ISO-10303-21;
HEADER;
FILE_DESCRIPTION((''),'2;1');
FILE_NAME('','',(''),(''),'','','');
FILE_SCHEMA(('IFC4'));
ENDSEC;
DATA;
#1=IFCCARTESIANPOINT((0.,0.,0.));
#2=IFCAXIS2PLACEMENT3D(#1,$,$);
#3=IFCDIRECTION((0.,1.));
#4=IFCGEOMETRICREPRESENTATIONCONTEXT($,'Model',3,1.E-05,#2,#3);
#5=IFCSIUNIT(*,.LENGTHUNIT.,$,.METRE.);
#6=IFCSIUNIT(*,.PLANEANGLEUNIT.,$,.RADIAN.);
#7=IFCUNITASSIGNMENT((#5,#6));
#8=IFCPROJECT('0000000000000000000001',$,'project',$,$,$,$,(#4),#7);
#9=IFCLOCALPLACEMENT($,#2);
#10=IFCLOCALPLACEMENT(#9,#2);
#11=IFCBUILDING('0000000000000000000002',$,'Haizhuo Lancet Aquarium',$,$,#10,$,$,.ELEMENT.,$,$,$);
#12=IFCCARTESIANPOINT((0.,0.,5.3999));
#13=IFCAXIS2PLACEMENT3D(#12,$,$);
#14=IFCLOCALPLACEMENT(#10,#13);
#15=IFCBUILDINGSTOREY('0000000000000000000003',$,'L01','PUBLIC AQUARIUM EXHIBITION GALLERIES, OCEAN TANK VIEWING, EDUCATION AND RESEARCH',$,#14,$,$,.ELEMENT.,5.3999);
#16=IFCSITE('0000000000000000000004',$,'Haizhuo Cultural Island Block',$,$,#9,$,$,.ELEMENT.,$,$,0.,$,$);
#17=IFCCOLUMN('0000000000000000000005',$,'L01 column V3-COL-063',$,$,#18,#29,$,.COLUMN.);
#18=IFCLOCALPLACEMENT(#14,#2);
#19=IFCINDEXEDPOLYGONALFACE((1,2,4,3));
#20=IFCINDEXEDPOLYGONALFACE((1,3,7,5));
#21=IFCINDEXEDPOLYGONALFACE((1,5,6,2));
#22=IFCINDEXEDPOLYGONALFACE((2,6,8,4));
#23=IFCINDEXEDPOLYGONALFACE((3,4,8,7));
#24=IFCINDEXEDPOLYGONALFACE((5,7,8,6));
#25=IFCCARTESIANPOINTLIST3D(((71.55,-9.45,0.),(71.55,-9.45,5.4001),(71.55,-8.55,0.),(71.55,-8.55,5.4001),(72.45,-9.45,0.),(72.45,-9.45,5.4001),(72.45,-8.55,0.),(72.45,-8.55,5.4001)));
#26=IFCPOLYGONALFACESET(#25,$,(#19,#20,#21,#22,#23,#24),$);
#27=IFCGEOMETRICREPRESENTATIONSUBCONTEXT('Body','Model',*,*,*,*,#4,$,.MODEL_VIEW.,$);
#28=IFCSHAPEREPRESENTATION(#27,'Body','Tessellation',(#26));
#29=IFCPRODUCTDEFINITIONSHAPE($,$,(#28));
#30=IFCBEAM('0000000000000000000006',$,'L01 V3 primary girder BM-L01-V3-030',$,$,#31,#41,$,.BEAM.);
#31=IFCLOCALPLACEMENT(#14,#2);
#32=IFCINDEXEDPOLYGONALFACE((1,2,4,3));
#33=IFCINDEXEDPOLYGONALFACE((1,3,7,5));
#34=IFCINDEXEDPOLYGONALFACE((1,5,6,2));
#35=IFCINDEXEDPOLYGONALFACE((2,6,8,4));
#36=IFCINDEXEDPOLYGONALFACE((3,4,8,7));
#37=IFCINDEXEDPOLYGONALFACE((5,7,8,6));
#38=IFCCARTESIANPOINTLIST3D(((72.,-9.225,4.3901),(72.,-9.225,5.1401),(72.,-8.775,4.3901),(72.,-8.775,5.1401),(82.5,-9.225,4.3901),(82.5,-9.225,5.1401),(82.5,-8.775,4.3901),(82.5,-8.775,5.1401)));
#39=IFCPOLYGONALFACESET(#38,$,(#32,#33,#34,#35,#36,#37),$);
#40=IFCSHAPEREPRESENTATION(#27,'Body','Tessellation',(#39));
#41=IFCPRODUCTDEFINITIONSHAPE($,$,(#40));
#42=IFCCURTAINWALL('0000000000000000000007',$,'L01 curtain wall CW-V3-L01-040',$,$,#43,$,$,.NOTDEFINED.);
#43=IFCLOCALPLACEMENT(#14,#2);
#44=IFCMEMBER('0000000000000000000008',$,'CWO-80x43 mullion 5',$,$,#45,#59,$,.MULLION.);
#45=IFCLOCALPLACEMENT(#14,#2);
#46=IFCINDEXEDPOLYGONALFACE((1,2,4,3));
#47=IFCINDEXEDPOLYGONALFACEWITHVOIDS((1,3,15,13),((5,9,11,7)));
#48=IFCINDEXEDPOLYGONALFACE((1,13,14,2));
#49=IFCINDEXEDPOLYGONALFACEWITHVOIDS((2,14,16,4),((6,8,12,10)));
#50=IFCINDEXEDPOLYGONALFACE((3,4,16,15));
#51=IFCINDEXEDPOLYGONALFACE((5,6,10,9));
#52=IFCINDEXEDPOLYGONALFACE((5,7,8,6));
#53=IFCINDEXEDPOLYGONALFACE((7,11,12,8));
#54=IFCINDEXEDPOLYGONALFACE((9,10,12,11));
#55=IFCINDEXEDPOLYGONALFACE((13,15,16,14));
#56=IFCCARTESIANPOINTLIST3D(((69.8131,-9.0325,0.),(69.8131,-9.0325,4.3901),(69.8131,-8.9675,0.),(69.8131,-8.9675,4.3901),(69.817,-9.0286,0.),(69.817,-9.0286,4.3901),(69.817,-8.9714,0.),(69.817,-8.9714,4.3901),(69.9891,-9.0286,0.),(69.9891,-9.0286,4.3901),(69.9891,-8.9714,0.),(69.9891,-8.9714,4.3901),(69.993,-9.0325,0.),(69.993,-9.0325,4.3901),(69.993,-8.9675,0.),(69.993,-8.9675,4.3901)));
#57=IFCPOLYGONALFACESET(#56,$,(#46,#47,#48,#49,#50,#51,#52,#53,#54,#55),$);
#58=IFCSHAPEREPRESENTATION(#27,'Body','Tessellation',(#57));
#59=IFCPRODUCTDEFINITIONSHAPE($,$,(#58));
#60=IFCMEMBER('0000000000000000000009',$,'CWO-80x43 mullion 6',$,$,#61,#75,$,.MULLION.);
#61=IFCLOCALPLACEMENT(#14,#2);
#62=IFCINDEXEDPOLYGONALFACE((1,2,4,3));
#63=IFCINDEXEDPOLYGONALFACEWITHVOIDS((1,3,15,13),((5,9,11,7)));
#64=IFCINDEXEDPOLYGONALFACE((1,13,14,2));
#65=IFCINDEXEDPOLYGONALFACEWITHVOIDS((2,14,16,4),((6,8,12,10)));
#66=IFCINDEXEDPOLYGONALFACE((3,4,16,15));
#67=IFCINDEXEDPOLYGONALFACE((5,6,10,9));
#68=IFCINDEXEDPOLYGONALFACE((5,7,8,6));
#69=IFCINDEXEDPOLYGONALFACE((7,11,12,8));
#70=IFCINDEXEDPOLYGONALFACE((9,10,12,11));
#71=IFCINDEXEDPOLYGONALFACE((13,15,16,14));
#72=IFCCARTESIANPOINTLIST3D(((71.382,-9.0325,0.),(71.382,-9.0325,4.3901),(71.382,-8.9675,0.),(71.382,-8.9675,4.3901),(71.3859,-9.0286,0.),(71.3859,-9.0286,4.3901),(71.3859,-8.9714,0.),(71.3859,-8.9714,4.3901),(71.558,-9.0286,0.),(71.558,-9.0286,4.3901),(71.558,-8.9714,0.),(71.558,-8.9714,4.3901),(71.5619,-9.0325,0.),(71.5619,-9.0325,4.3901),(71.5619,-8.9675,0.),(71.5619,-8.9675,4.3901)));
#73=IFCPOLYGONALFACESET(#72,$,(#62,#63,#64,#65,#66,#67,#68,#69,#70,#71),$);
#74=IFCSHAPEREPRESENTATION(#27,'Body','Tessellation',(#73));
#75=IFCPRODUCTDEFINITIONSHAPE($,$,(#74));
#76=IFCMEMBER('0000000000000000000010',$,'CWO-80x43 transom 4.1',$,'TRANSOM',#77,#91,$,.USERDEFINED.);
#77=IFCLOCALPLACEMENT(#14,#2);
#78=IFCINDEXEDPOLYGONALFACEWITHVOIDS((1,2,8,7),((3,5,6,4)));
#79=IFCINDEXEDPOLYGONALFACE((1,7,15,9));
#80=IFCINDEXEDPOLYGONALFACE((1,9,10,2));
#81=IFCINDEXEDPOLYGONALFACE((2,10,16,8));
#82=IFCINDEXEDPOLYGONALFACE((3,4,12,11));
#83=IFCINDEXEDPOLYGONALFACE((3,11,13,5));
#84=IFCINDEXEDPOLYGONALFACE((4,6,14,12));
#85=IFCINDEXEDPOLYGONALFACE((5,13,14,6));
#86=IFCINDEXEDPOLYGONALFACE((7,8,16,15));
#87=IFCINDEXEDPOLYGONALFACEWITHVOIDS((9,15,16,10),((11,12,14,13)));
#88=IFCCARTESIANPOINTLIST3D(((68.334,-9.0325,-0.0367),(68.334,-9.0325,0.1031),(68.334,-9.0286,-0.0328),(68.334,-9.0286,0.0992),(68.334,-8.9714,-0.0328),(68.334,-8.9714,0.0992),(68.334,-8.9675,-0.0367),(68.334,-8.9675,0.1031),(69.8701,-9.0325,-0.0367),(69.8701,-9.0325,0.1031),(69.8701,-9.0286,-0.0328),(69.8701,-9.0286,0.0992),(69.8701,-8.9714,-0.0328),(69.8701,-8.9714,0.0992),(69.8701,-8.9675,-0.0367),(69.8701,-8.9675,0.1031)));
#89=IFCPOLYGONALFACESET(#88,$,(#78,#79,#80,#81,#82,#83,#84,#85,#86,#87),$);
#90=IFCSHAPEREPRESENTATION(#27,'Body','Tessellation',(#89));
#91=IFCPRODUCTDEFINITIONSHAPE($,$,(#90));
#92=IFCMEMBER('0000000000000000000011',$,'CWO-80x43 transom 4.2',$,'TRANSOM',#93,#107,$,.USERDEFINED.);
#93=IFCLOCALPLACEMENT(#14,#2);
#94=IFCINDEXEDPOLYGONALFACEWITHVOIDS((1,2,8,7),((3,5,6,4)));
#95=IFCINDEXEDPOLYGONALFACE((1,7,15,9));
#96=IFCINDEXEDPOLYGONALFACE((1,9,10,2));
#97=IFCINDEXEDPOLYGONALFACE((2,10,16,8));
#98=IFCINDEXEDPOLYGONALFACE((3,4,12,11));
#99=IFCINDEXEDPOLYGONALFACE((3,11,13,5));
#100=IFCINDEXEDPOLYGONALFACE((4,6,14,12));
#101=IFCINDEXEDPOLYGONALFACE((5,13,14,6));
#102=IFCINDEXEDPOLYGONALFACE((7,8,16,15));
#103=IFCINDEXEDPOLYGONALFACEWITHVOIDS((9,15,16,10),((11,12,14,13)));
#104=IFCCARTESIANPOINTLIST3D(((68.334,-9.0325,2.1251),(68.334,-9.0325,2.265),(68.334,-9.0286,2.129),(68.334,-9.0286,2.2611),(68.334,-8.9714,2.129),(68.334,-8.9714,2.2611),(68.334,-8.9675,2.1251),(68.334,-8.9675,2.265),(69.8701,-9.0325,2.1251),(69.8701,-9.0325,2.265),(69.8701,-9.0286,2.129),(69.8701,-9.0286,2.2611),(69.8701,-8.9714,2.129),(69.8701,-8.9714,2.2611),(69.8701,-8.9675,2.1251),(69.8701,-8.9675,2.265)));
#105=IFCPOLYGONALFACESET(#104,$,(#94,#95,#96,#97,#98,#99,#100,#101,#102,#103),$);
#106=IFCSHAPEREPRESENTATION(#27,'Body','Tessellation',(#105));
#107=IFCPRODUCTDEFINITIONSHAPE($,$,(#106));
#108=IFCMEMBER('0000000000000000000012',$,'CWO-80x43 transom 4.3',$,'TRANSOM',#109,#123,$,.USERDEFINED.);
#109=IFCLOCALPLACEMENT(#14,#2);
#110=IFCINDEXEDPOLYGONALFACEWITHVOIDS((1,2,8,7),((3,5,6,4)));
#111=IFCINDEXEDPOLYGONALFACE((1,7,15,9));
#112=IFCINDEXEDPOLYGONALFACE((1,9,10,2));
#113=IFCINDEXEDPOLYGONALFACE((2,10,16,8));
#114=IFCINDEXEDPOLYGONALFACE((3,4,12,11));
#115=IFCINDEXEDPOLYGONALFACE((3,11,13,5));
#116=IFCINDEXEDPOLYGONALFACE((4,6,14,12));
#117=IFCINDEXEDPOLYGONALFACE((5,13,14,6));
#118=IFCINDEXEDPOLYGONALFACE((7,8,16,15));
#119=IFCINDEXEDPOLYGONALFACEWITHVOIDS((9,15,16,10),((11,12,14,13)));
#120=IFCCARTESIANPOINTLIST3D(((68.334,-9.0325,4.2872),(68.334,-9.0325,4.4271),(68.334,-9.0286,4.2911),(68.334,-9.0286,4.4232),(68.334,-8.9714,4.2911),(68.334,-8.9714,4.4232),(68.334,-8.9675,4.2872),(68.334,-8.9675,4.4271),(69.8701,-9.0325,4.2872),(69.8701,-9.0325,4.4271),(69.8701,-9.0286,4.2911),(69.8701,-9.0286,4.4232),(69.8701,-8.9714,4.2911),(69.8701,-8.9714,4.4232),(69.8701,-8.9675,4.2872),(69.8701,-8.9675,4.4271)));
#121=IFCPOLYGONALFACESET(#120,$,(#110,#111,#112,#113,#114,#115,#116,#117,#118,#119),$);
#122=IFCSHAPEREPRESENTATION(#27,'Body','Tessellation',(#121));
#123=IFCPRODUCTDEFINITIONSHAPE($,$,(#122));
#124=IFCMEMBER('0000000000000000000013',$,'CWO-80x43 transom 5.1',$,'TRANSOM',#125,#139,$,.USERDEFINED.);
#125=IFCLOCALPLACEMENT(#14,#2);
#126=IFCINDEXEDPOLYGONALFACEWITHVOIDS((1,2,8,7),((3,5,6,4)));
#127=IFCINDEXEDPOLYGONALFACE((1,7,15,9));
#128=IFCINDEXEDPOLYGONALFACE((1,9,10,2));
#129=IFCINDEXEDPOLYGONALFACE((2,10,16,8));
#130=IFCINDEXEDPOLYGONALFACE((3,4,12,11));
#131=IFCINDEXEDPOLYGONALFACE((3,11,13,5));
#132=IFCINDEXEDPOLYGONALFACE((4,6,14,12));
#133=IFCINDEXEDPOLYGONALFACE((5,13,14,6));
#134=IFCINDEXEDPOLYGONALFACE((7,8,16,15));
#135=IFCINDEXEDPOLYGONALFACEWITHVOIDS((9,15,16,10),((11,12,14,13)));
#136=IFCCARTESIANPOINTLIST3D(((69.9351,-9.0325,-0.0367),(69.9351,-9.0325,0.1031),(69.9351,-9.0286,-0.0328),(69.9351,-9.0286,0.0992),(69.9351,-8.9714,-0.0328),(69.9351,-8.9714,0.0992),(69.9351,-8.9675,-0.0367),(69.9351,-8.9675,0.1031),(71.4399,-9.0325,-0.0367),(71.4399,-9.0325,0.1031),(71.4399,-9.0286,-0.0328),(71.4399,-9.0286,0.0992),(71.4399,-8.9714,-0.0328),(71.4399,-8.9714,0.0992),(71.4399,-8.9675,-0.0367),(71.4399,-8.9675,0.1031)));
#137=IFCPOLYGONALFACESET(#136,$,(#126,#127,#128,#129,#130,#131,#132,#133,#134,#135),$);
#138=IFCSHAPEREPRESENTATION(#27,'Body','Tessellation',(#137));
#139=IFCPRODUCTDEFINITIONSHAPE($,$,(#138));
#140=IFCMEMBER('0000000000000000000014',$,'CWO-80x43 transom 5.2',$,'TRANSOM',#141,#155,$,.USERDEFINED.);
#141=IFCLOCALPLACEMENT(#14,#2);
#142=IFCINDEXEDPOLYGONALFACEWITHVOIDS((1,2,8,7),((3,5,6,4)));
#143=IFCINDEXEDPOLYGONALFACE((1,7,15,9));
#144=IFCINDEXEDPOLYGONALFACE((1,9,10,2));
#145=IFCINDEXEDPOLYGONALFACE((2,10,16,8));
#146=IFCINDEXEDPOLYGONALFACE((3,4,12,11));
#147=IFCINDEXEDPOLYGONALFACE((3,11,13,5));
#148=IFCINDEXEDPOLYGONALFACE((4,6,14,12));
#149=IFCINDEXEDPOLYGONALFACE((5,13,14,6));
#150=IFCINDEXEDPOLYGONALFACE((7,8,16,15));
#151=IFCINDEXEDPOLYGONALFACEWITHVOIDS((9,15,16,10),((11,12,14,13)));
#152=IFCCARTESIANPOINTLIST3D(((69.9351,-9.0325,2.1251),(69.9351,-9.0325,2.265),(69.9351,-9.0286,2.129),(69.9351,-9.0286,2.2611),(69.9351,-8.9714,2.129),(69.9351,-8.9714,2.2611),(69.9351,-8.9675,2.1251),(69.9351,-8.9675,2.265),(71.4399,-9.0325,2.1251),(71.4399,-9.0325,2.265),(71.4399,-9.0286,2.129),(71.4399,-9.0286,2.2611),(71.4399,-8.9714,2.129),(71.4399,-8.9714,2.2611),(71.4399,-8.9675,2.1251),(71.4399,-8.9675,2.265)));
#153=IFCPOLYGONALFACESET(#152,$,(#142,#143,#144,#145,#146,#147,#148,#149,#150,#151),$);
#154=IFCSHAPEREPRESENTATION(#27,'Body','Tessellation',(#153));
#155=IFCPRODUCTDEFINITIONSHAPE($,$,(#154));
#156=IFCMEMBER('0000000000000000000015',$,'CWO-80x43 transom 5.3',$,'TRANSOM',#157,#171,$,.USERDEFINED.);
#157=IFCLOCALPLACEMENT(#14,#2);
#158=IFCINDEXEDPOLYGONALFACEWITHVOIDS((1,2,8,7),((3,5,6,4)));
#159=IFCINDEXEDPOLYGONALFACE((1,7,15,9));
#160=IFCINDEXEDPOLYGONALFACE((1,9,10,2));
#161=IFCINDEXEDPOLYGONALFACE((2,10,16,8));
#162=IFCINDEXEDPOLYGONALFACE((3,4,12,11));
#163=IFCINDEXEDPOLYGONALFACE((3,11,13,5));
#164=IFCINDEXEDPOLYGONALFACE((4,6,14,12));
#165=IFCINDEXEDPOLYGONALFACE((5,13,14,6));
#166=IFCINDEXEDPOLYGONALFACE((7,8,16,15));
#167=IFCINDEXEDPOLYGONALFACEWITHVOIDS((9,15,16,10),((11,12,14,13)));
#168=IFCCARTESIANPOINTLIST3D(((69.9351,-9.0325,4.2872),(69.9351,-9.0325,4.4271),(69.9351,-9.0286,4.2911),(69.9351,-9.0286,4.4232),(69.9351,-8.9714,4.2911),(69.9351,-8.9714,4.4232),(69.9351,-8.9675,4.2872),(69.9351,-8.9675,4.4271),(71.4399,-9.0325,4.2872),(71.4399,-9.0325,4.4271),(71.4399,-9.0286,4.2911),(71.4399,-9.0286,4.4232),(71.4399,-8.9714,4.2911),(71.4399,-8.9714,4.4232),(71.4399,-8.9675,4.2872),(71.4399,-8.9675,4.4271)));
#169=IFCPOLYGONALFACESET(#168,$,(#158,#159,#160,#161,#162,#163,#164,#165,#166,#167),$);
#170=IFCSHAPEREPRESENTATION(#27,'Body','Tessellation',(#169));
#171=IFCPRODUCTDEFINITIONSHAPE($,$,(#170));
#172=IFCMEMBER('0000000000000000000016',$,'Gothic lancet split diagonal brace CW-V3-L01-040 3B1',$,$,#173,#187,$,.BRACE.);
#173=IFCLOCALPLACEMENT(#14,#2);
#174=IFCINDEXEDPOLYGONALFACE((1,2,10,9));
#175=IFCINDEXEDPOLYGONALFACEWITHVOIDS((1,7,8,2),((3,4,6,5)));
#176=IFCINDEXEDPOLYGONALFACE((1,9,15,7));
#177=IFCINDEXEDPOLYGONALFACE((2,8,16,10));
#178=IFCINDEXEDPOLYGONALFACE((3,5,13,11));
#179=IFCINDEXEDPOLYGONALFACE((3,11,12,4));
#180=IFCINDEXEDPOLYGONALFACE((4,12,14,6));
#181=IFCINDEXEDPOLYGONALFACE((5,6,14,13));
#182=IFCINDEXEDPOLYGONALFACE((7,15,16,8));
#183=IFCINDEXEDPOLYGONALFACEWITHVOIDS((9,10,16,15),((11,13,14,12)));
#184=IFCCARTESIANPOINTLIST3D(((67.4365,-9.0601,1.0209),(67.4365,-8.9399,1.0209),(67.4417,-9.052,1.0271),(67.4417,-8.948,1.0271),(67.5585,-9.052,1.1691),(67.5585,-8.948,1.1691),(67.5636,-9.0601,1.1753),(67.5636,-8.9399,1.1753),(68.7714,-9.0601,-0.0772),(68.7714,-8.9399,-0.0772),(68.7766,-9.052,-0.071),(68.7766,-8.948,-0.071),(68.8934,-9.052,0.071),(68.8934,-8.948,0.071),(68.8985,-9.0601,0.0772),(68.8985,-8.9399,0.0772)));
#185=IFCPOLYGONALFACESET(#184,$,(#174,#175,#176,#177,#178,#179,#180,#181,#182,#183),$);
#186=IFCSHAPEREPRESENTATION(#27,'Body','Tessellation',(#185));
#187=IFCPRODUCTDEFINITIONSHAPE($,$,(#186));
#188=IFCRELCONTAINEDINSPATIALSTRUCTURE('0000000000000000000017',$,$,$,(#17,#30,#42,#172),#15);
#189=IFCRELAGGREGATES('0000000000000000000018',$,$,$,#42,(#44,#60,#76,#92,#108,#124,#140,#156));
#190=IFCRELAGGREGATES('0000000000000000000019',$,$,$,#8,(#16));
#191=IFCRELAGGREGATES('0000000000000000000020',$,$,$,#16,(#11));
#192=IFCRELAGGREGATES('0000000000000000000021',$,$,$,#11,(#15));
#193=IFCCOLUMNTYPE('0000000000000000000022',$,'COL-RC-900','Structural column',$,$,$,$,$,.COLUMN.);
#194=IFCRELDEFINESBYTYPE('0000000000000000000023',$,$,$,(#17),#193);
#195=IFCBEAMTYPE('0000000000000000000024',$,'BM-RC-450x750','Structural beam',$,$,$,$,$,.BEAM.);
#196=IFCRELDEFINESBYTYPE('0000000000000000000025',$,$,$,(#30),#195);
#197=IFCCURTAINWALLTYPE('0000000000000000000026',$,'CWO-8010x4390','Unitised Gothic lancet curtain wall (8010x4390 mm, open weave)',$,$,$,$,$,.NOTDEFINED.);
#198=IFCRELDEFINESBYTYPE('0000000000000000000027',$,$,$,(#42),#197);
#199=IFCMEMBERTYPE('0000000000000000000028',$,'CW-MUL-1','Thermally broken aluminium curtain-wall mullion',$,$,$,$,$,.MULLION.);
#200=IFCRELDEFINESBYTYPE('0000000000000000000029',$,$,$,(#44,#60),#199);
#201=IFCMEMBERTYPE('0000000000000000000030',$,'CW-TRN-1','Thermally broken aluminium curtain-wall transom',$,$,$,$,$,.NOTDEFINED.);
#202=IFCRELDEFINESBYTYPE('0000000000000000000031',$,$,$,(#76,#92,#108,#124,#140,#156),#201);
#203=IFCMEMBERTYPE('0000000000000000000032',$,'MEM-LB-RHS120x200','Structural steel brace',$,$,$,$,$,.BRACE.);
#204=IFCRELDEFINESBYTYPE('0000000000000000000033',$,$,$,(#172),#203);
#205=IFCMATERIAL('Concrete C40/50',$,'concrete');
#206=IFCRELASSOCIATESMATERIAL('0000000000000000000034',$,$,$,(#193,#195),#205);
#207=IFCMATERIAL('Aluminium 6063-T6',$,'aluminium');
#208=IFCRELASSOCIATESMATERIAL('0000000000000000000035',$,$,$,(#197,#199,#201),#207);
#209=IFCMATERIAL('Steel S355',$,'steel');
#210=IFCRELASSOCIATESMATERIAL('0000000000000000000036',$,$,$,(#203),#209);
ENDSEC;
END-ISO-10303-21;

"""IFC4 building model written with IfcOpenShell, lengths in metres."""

from ifc_helpers import new_model, si_unit, direction, frame, origin, origin_2d, place, context, subcontext, project, spatial, rectangle, hollow_rectangle, extrude, material, material_profile, profile_set, type_object, element, aggregate, save


model = new_model("IFC4")

# Units and contexts
model_context = context("Model", 3, precision=1e-05, world=origin(), true_north=direction((0.0, 1.0)))
body_context = subcontext(model_context, "Body", "Model", "MODEL_VIEW")
ifc_project = project(units=[si_unit("LENGTHUNIT", "METRE"), si_unit("PLANEANGLEUNIT", "RADIAN")], contexts=[model_context])

# Site, building, storey
site_placement = place(None, origin())
site = spatial("IfcSite", under=ifc_project, at=site_placement, Name="Haizhuo Cultural Island Block", CompositionType="ELEMENT", RefElevation=0.0)
building_placement = place(site_placement, origin())
building = spatial("IfcBuilding", under=site, at=building_placement, Name="Haizhuo Lancet Aquarium", CompositionType="ELEMENT")
storey_placement = place(building_placement, frame((0.0, 0.0, 5.3999)))
storey = spatial("IfcBuildingStorey", under=building, at=storey_placement, Name="L01", Description="PUBLIC AQUARIUM EXHIBITION GALLERIES, OCEAN TANK VIEWING, EDUCATION AND RESEARCH", CompositionType="ELEMENT", Elevation=5.3999)

# Column
ifc_material_1 = material(Name="Concrete C40/50", Category="concrete")
ifc_material_profile_1 = material_profile(ifc_material_1, rectangle(XDim=0.8999, YDim=0.8999, at=origin_2d()), Name="RC-COL 900x900")
ifc_profile_set_1 = profile_set([ifc_material_profile_1], Name="Concrete C40/50")
column_type = type_object("IfcColumnType", Name="COL-RC-900", Description="Structural column", PredefinedType="COLUMN", material=ifc_profile_set_1)
column_placement = place(storey_placement, frame((72.0, -9.0, 0.0), z_axis=(0.0, 0.0, 1.0), x_axis=(1.0, 0.0, 0.0)))
element("IfcColumn", 1, at=column_placement, inside=storey, type_object=column_type, Name="L01 column V3-COL-063", PredefinedType="COLUMN", context=body_context, shape_type="SweptSolid", body=[
    extrude(rectangle(XDim=0.8999, YDim=0.8999, at=origin_2d()), origin(), (0.0, 0.0, 1.0), 5.4001),
])

# Beam
ifc_material_profile_2 = material_profile(ifc_material_1, rectangle(XDim=0.45, YDim=0.75, at=origin_2d()), Name="RC-BM 450x750")
ifc_profile_set_2 = profile_set([ifc_material_profile_2], Name="Concrete C40/50")
beam_type = type_object("IfcBeamType", Name="BM-RC-450x750", Description="Structural beam", PredefinedType="BEAM", material=ifc_profile_set_2)
beam_placement = place(storey_placement, frame((72.0, -9.0, 4.7651), z_axis=(1.0, 0.0, 0.0), x_axis=(0.0, 1.0, 0.0)))
element("IfcBeam", 2, at=beam_placement, inside=storey, type_object=beam_type, Name="L01 V3 primary girder BM-L01-V3-030", PredefinedType="BEAM", context=body_context, shape_type="SweptSolid", body=[
    extrude(rectangle(XDim=0.45, YDim=0.75, at=origin_2d()), origin(), (0.0, 0.0, 1.0), 10.5),
])

# Curtain wall, members
ifc_material_2 = material(Name="Aluminium 6063-T6", Category="aluminium")
curtain_wall_type = type_object("IfcCurtainWallType", Name="CWO-8010x4390", Description="Unitised Gothic lancet curtain wall (8010x4390 mm, open weave)", PredefinedType="NOTDEFINED", material=ifc_material_2)
curtain_wall_placement = place(storey_placement, origin())
curtain_wall = element("IfcCurtainWall", 3, at=curtain_wall_placement, inside=storey, type_object=curtain_wall_type, Name="L01 curtain wall CW-V3-L01-040", PredefinedType="NOTDEFINED")
ifc_material_profile_3 = material_profile(ifc_material_2, hollow_rectangle(XDim=0.0649, YDim=0.1799, WallThickness=0.0039, at=origin_2d()), Name="ALU-M 65x180x4")
ifc_profile_set_3 = profile_set([ifc_material_profile_3], Name="Aluminium 6063-T6")
member_type_1 = type_object("IfcMemberType", Name="CW-MUL-1", Description="Thermally broken aluminium curtain-wall mullion", PredefinedType="MULLION", material=ifc_profile_set_3)
member_1_placement = place(storey_placement, frame((69.9031, -9.0, 0.0), z_axis=(0.0, 0.0, 1.0), x_axis=(0.0, 1.0, 0.0)))
member_1 = element("IfcMember", 4, at=member_1_placement, type_object=member_type_1, Name="CWO-80x43 mullion 5", PredefinedType="MULLION", context=body_context, shape_type="SweptSolid", body=[
    extrude(hollow_rectangle(XDim=0.0649, YDim=0.1799, WallThickness=0.0039, at=origin_2d()), origin(), (0.0, 0.0, 1.0), 4.3901),
])
member_2_placement = place(storey_placement, frame((71.4719, -9.0, 0.0), z_axis=(0.0, 0.0, 1.0), x_axis=(0.0, 1.0, 0.0)))
member_2 = element("IfcMember", 5, at=member_2_placement, type_object=member_type_1, Name="CWO-80x43 mullion 6", PredefinedType="MULLION", context=body_context, shape_type="SweptSolid", body=[
    extrude(hollow_rectangle(XDim=0.0649, YDim=0.1799, WallThickness=0.0039, at=origin_2d()), origin(), (0.0, 0.0, 1.0), 4.3901),
])
ifc_material_profile_4 = material_profile(ifc_material_2, hollow_rectangle(XDim=0.0649, YDim=0.1399, WallThickness=0.0039, at=origin_2d()), Name="ALU-T 65x140x4")
ifc_profile_set_4 = profile_set([ifc_material_profile_4], Name="Aluminium 6063-T6")
member_type_2 = type_object("IfcMemberType", Name="CW-TRN-1", Description="Thermally broken aluminium curtain-wall transom", PredefinedType="NOTDEFINED", material=ifc_profile_set_4)
member_3_placement = place(storey_placement, frame((68.334, -9.0, 0.0332), z_axis=(1.0, 0.0, 0.0), x_axis=(0.0, 1.0, 0.0)))
member_3 = element("IfcMember", 6, at=member_3_placement, type_object=member_type_2, Name="CWO-80x43 transom 4.1", ObjectType="TRANSOM", PredefinedType="USERDEFINED", context=body_context, shape_type="SweptSolid", body=[
    extrude(hollow_rectangle(XDim=0.0649, YDim=0.1399, WallThickness=0.0039, at=origin_2d()), origin(), (0.0, 0.0, 1.0), 1.5361),
])
member_4_placement = place(storey_placement, frame((68.334, -9.0, 2.1951), z_axis=(1.0, 0.0, 0.0), x_axis=(0.0, 1.0, 0.0)))
member_4 = element("IfcMember", 7, at=member_4_placement, type_object=member_type_2, Name="CWO-80x43 transom 4.2", ObjectType="TRANSOM", PredefinedType="USERDEFINED", context=body_context, shape_type="SweptSolid", body=[
    extrude(hollow_rectangle(XDim=0.0649, YDim=0.1399, WallThickness=0.0039, at=origin_2d()), origin(), (0.0, 0.0, 1.0), 1.5361),
])
member_5_placement = place(storey_placement, frame((68.334, -9.0, 4.3572), z_axis=(1.0, 0.0, 0.0), x_axis=(0.0, 1.0, 0.0)))
member_5 = element("IfcMember", 8, at=member_5_placement, type_object=member_type_2, Name="CWO-80x43 transom 4.3", ObjectType="TRANSOM", PredefinedType="USERDEFINED", context=body_context, shape_type="SweptSolid", body=[
    extrude(hollow_rectangle(XDim=0.0649, YDim=0.1399, WallThickness=0.0039, at=origin_2d()), origin(), (0.0, 0.0, 1.0), 1.5361),
])
member_6_placement = place(storey_placement, frame((69.9351, -9.0, 0.0332), z_axis=(1.0, 0.0, 0.0), x_axis=(0.0, 1.0, 0.0)))
member_6 = element("IfcMember", 9, at=member_6_placement, type_object=member_type_2, Name="CWO-80x43 transom 5.1", ObjectType="TRANSOM", PredefinedType="USERDEFINED", context=body_context, shape_type="SweptSolid", body=[
    extrude(hollow_rectangle(XDim=0.0649, YDim=0.1399, WallThickness=0.0039, at=origin_2d()), origin(), (0.0, 0.0, 1.0), 1.5049),
])
member_7_placement = place(storey_placement, frame((69.9351, -9.0, 2.1951), z_axis=(1.0, 0.0, 0.0), x_axis=(0.0, 1.0, 0.0)))
member_7 = element("IfcMember", 10, at=member_7_placement, type_object=member_type_2, Name="CWO-80x43 transom 5.2", ObjectType="TRANSOM", PredefinedType="USERDEFINED", context=body_context, shape_type="SweptSolid", body=[
    extrude(hollow_rectangle(XDim=0.0649, YDim=0.1399, WallThickness=0.0039, at=origin_2d()), origin(), (0.0, 0.0, 1.0), 1.5049),
])
member_8_placement = place(storey_placement, frame((69.9351, -9.0, 4.3572), z_axis=(1.0, 0.0, 0.0), x_axis=(0.0, 1.0, 0.0)))
member_8 = element("IfcMember", 11, at=member_8_placement, type_object=member_type_2, Name="CWO-80x43 transom 5.3", ObjectType="TRANSOM", PredefinedType="USERDEFINED", context=body_context, shape_type="SweptSolid", body=[
    extrude(hollow_rectangle(XDim=0.0649, YDim=0.1399, WallThickness=0.0039, at=origin_2d()), origin(), (0.0, 0.0, 1.0), 1.5049),
])

# Member
ifc_material_3 = material(Name="Steel S355", Category="steel")
ifc_material_profile_5 = material_profile(ifc_material_3, hollow_rectangle(XDim=0.1201, YDim=0.2, WallThickness=0.0081, at=origin_2d()), Name="RHS 120x200x8")
ifc_profile_set_5 = profile_set([ifc_material_profile_5], Name="Steel S355")
member_type_3 = type_object("IfcMemberType", Name="MEM-LB-RHS120x200", Description="Structural steel brace", PredefinedType="BRACE", material=ifc_profile_set_5)
member_9_placement = place(storey_placement, frame((68.835, -9.0, 0.0), z_axis=(-0.772281, 0.0, 0.635281), x_axis=(0.0, -1.0, 0.0)))
element("IfcMember", 12, at=member_9_placement, inside=storey, type_object=member_type_3, Name="Gothic lancet split diagonal brace CW-V3-L01-040 3B1", PredefinedType="BRACE", context=body_context, shape_type="SweptSolid", body=[
    extrude(hollow_rectangle(XDim=0.1201, YDim=0.2, WallThickness=0.0081, at=origin_2d()), origin(), (0.0, 0.0, 1.0), 1.7285),
])

aggregate(curtain_wall, [member_1, member_2, member_3, member_4, member_5, member_6, member_7, member_8])

save(model, "model.ifc")
